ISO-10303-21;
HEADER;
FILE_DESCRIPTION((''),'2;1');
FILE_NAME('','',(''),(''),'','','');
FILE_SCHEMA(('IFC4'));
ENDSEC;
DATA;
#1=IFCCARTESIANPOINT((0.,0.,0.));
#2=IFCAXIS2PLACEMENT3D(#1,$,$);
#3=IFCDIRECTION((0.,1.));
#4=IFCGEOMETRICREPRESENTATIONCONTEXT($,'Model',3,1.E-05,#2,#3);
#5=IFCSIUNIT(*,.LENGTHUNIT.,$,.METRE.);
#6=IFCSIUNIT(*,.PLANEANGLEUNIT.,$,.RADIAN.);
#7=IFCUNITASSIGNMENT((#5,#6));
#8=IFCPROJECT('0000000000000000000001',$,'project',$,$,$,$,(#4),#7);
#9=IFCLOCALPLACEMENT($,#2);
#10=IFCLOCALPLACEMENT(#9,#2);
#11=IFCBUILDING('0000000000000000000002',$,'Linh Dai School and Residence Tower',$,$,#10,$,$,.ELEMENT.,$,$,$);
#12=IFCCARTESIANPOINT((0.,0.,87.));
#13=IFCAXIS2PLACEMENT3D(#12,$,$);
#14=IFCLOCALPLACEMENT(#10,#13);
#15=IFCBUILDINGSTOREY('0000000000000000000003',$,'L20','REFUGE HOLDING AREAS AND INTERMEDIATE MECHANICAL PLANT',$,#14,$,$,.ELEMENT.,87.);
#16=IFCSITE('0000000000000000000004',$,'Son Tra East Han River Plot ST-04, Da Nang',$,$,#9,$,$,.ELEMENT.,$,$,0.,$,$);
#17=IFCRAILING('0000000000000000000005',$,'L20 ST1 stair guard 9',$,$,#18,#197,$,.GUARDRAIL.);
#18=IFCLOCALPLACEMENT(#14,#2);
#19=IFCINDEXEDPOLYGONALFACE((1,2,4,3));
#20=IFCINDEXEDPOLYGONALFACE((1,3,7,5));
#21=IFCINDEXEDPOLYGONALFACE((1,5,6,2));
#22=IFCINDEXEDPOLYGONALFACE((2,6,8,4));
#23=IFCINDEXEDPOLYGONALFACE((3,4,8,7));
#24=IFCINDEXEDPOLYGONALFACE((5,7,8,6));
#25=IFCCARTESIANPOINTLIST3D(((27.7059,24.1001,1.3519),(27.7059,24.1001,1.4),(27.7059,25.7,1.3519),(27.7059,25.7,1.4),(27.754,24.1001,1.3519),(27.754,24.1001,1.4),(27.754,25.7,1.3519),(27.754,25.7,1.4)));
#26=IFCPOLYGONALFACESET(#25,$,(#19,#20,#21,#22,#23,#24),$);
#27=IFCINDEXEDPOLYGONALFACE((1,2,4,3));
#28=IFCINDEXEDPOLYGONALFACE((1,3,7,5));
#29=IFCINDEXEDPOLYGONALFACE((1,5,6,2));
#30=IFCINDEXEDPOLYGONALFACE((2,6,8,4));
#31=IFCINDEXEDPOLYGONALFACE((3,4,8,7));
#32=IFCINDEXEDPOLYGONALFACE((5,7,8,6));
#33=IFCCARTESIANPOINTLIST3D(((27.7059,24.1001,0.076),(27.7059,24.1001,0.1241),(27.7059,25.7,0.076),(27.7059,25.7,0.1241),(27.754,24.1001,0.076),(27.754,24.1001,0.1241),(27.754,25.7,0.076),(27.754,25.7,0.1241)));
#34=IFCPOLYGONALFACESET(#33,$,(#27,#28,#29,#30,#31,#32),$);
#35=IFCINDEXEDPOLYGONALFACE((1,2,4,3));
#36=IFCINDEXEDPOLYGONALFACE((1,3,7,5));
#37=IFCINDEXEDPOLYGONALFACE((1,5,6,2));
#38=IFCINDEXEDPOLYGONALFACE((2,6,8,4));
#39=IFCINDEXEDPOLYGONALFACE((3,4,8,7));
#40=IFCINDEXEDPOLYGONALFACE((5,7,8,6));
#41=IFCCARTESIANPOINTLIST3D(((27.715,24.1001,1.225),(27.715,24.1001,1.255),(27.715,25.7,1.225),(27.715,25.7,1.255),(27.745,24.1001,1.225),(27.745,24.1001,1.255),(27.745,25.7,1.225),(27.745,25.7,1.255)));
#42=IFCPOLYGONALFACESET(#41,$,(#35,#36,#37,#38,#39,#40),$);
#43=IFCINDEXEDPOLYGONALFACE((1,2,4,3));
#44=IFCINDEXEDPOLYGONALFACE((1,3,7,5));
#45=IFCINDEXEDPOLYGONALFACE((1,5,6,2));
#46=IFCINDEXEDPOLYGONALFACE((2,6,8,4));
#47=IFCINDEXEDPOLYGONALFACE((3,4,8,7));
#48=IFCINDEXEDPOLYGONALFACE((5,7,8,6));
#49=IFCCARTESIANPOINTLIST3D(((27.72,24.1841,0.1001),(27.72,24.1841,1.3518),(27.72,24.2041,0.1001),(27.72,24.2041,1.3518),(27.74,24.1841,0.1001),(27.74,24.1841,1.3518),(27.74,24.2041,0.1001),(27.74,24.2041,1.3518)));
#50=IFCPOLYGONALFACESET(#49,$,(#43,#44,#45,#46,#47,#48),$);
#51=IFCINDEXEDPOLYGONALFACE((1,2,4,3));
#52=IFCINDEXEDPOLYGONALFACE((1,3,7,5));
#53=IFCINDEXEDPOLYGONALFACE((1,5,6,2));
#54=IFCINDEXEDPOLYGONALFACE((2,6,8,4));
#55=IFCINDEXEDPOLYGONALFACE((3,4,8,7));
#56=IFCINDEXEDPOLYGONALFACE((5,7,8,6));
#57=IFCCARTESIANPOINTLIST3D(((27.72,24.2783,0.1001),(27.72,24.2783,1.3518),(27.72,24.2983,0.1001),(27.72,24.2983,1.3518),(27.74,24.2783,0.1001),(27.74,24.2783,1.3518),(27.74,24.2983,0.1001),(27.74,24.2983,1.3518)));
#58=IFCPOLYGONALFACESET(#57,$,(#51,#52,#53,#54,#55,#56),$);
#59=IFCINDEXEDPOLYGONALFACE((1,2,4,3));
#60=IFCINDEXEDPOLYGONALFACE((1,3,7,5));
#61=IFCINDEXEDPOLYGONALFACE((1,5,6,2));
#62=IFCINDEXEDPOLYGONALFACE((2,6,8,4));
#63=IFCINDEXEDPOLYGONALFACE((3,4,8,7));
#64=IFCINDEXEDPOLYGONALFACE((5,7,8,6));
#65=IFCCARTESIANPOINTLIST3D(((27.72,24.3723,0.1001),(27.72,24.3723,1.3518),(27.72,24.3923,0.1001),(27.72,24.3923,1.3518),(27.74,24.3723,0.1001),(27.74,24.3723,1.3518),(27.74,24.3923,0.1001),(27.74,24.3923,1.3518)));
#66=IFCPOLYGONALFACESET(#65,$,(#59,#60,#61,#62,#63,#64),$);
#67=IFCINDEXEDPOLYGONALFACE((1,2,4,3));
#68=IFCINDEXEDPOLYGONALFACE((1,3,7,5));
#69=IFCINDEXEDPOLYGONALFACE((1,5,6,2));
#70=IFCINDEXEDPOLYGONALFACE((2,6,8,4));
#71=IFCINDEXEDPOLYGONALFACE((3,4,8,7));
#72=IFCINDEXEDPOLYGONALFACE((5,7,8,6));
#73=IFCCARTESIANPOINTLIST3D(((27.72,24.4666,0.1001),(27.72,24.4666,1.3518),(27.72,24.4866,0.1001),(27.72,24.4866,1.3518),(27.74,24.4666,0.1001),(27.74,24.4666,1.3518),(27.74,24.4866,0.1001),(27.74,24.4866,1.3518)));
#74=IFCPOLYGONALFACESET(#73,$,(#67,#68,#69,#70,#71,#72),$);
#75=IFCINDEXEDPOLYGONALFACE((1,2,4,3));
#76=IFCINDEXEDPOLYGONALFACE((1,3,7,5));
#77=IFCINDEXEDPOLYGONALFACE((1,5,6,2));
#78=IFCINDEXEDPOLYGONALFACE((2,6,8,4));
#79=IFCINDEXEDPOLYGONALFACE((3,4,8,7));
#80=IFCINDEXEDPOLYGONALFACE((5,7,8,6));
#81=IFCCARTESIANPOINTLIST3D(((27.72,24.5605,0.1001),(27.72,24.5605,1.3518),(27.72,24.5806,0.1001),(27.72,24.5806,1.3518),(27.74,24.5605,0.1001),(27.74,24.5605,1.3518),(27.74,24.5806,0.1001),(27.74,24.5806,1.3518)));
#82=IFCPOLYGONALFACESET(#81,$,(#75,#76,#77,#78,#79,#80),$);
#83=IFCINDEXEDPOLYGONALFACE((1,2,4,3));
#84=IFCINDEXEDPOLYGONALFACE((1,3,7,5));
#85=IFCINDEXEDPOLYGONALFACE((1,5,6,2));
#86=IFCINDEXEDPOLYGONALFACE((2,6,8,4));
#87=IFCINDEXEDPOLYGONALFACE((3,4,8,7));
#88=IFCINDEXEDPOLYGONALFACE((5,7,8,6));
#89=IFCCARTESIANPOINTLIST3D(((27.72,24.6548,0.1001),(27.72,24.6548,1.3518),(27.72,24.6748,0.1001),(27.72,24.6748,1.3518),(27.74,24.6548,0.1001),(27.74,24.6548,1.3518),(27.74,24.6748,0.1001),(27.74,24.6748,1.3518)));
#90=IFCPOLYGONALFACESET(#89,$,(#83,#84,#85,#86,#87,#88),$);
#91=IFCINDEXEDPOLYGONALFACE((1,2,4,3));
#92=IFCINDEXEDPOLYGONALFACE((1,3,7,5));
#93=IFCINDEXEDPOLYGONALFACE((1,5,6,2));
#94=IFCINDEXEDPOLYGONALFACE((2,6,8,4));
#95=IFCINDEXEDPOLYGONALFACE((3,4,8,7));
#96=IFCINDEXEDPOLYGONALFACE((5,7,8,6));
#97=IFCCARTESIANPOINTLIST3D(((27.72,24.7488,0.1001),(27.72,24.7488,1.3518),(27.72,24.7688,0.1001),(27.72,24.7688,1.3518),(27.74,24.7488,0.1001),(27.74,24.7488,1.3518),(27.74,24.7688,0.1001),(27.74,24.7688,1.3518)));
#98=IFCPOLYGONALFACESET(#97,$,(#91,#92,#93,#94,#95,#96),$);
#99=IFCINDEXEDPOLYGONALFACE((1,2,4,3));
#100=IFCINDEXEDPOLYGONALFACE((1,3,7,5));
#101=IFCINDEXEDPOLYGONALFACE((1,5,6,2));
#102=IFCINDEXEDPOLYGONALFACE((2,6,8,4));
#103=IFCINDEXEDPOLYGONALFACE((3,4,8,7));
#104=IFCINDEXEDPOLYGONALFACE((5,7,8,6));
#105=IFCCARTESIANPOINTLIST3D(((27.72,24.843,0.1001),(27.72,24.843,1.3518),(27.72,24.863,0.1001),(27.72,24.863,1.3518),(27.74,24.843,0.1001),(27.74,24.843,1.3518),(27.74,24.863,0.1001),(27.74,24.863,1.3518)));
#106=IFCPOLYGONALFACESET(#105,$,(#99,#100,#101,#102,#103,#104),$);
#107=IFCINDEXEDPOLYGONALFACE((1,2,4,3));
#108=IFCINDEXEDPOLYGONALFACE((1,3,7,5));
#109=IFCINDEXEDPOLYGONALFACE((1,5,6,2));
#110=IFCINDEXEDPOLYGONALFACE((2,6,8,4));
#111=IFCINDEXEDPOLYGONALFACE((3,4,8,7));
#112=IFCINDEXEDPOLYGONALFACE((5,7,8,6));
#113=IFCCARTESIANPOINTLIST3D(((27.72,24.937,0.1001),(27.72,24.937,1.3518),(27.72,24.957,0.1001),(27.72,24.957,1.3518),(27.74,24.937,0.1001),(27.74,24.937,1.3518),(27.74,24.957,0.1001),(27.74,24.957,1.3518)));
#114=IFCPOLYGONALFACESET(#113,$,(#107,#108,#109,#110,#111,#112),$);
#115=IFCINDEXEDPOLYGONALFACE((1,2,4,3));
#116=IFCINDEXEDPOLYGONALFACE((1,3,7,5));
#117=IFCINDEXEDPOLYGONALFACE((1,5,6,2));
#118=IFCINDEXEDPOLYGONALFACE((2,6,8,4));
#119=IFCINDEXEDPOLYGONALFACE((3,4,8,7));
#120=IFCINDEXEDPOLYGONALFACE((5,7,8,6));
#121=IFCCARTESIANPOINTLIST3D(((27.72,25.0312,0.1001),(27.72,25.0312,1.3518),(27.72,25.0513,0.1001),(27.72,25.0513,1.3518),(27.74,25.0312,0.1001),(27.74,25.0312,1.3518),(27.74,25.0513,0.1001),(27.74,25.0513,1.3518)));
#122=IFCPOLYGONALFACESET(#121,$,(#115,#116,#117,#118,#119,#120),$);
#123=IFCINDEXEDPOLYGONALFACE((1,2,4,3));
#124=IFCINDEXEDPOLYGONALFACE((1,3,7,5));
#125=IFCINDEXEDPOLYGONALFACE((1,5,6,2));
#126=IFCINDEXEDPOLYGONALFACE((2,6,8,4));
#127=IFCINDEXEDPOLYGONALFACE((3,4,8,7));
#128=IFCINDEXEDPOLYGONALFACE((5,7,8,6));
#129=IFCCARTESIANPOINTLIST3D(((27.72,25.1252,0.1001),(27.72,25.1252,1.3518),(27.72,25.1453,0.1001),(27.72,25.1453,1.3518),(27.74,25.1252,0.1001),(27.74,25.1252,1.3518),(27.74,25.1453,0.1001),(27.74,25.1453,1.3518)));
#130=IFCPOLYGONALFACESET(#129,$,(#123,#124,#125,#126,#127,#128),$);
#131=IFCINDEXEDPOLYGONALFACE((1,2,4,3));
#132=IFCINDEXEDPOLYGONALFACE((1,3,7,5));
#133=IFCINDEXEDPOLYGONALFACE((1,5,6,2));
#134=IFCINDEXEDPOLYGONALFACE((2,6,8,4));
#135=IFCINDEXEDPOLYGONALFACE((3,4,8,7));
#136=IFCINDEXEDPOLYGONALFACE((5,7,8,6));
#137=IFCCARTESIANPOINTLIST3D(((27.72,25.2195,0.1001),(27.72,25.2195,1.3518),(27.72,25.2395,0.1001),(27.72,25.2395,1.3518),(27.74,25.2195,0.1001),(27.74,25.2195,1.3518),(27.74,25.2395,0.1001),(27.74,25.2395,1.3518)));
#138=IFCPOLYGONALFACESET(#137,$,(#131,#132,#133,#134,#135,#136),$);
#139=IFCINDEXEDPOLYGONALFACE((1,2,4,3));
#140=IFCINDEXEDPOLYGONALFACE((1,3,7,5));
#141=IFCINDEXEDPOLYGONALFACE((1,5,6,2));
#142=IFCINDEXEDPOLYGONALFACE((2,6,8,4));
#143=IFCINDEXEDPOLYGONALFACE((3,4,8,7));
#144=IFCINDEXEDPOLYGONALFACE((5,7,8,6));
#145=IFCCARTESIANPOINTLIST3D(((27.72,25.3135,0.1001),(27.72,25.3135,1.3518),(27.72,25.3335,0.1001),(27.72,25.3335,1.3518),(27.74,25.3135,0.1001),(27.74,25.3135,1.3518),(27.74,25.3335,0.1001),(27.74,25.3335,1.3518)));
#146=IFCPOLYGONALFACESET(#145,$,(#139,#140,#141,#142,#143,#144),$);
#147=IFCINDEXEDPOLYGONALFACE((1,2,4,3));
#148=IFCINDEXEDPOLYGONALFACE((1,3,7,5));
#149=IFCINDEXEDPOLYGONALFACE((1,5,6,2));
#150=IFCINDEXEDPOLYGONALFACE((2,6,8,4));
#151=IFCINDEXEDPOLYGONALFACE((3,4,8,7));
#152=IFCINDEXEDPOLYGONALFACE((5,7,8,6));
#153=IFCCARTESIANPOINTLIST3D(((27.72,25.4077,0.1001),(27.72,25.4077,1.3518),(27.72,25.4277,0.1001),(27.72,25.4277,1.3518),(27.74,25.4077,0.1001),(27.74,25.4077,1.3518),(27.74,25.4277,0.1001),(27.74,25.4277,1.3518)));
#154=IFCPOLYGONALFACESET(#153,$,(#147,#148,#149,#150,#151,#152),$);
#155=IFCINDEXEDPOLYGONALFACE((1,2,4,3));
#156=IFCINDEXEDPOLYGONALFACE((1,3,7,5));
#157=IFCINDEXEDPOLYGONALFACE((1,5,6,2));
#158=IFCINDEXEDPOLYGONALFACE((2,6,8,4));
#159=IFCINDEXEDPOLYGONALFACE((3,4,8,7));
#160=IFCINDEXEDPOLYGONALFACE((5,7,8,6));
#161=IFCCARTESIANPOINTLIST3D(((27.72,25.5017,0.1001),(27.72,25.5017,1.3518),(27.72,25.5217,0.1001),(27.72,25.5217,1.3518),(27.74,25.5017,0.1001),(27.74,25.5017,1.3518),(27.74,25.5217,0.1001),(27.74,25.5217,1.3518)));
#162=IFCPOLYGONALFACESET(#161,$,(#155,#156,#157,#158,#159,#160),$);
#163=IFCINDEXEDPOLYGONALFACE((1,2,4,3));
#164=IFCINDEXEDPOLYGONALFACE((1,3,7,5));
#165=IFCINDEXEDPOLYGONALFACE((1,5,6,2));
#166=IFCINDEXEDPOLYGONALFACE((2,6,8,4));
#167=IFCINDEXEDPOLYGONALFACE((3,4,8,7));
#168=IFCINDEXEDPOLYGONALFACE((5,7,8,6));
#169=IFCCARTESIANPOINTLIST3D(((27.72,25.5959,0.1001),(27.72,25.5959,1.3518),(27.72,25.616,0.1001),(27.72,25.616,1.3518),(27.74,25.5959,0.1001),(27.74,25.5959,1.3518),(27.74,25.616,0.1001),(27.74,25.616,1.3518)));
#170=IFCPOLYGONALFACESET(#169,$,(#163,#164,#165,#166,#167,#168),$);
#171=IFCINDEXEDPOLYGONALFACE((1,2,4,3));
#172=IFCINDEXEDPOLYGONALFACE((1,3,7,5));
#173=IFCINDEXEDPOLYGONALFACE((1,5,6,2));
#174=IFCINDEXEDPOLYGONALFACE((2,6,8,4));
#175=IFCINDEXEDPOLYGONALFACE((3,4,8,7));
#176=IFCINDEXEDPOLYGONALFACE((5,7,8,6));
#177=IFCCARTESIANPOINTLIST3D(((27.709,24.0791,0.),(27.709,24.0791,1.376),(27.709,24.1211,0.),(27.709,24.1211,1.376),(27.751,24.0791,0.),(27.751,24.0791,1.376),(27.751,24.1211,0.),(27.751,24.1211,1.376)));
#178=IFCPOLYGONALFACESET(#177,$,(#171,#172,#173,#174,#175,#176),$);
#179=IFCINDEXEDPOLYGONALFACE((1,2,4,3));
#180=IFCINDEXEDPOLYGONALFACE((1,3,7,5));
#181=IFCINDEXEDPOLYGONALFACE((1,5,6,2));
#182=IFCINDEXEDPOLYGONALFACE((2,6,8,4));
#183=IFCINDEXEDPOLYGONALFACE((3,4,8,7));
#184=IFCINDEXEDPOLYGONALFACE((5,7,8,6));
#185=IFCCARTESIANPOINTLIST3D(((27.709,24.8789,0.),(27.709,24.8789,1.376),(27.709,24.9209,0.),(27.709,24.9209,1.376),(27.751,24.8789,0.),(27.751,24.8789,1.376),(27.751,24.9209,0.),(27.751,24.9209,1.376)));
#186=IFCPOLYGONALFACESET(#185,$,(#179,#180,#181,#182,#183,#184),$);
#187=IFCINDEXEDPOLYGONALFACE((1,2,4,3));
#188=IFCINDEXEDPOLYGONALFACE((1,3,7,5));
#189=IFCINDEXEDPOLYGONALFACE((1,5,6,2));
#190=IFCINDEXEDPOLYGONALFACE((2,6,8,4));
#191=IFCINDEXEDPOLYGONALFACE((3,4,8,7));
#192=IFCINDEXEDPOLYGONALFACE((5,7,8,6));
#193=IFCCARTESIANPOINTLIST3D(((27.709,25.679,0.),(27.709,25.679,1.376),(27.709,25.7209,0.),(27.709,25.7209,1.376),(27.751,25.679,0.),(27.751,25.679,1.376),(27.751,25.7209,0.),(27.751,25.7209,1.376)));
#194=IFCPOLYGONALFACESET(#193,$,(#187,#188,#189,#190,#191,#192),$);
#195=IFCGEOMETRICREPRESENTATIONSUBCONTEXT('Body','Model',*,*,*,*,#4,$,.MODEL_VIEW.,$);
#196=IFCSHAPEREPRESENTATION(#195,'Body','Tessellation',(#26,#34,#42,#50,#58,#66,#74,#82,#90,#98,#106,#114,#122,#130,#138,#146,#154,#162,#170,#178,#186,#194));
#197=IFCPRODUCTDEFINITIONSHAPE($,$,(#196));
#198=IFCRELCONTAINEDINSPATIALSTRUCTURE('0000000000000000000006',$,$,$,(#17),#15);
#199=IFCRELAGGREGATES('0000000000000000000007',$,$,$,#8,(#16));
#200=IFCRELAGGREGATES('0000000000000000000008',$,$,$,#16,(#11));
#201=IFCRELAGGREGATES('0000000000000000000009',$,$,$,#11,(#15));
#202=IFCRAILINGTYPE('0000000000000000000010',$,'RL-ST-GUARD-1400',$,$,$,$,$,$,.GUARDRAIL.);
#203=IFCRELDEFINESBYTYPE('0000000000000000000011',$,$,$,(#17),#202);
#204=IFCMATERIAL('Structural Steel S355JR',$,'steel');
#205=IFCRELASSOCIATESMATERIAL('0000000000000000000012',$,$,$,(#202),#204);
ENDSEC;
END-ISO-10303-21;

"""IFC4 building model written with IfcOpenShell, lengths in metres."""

from ifc_helpers import new_model, si_unit, direction, frame, origin, origin_2d, place, context, subcontext, project, spatial, rectangle, extrude, source, transform, mapped, material, type_object, element, save


model = new_model("IFC4")

# Units and contexts
model_context = context("Model", 3, precision=1e-05, world=origin(), true_north=direction((0.0, 1.0)))
body_context = subcontext(model_context, "Body", "Model", "MODEL_VIEW")
ifc_project = project(units=[si_unit("LENGTHUNIT", "METRE"), si_unit("PLANEANGLEUNIT", "RADIAN")], contexts=[model_context])

# Site, building, storey
site_placement = place(None, origin())
site = spatial("IfcSite", under=ifc_project, at=site_placement, Name="Son Tra East Han River Plot ST-04, Da Nang", CompositionType="ELEMENT", RefElevation=0.0)
building_placement = place(site_placement, origin())
building = spatial("IfcBuilding", under=site, at=building_placement, Name="Linh Dai School and Residence Tower", CompositionType="ELEMENT")
storey_placement = place(building_placement, frame((0.0, 0.0, 87.0)))
storey = spatial("IfcBuildingStorey", under=building, at=storey_placement, Name="L20", Description="REFUGE HOLDING AREAS AND INTERMEDIATE MECHANICAL PLANT", CompositionType="ELEMENT", Elevation=87.0)

# Shared definitions
ifc_material_1 = material(Name="Structural Steel S355JR", Category="steel")

# Railing
railing_type_1 = type_object("IfcRailingType", Name="RL-ST-GUARD-1400", PredefinedType="GUARDRAIL", material=ifc_material_1)
shared_shape_1 = source(origin(), body_context, "Body", "SweptSolid", [
    extrude(rectangle(XDim=0.0481, YDim=0.0481, at=origin_2d()), frame((0.0, 0.0, 1.376), z_axis=(0.0, 1.0, 0.0), x_axis=(-1.0, 0.0, 0.0)), (0.0, 0.0, 1.0), 1.5999),
    extrude(rectangle(XDim=0.0481, YDim=0.0481, at=origin_2d()), frame((0.0, 0.0, 0.1001), z_axis=(0.0, 1.0, 0.0), x_axis=(-1.0, 0.0, 0.0)), (0.0, 0.0, 1.0), 1.5999),
    extrude(rectangle(XDim=0.03, YDim=0.03, at=origin_2d()), frame((0.0, 0.0, 1.24), z_axis=(0.0, 1.0, 0.0), x_axis=(-1.0, 0.0, 0.0)), (0.0, 0.0, 1.0), 1.5999),
    extrude(rectangle(XDim=0.02, YDim=0.02, at=origin_2d()), frame((0.0, 0.094, 0.1001)), (0.0, 0.0, 1.0), 1.2517),
    extrude(rectangle(XDim=0.02, YDim=0.02, at=origin_2d()), frame((0.0, 0.1882, 0.1001)), (0.0, 0.0, 1.0), 1.2517),
    extrude(rectangle(XDim=0.02, YDim=0.02, at=origin_2d()), frame((0.0, 0.2822, 0.1001)), (0.0, 0.0, 1.0), 1.2517),
    extrude(rectangle(XDim=0.02, YDim=0.02, at=origin_2d()), frame((0.0, 0.3765, 0.1001)), (0.0, 0.0, 1.0), 1.2517),
    extrude(rectangle(XDim=0.02, YDim=0.02, at=origin_2d()), frame((0.0, 0.4705, 0.1001)), (0.0, 0.0, 1.0), 1.2517),
    extrude(rectangle(XDim=0.02, YDim=0.02, at=origin_2d()), frame((0.0, 0.5647, 0.1001)), (0.0, 0.0, 1.0), 1.2517),
    extrude(rectangle(XDim=0.02, YDim=0.02, at=origin_2d()), frame((0.0, 0.6587, 0.1001)), (0.0, 0.0, 1.0), 1.2517),
    extrude(rectangle(XDim=0.02, YDim=0.02, at=origin_2d()), frame((0.0, 0.7529, 0.1001)), (0.0, 0.0, 1.0), 1.2517),
    extrude(rectangle(XDim=0.02, YDim=0.02, at=origin_2d()), frame((0.0, 0.8469, 0.1001)), (0.0, 0.0, 1.0), 1.2517),
    extrude(rectangle(XDim=0.02, YDim=0.02, at=origin_2d()), frame((0.0, 0.9412, 0.1001)), (0.0, 0.0, 1.0), 1.2517),
    extrude(rectangle(XDim=0.02, YDim=0.02, at=origin_2d()), frame((0.0, 1.0352, 0.1001)), (0.0, 0.0, 1.0), 1.2517),
    extrude(rectangle(XDim=0.02, YDim=0.02, at=origin_2d()), frame((0.0, 1.1294, 0.1001)), (0.0, 0.0, 1.0), 1.2517),
    extrude(rectangle(XDim=0.02, YDim=0.02, at=origin_2d()), frame((0.0, 1.2234, 0.1001)), (0.0, 0.0, 1.0), 1.2517),
    extrude(rectangle(XDim=0.02, YDim=0.02, at=origin_2d()), frame((0.0, 1.3176, 0.1001)), (0.0, 0.0, 1.0), 1.2517),
    extrude(rectangle(XDim=0.02, YDim=0.02, at=origin_2d()), frame((0.0, 1.4116, 0.1001)), (0.0, 0.0, 1.0), 1.2517),
    extrude(rectangle(XDim=0.02, YDim=0.02, at=origin_2d()), frame((0.0, 1.5059, 0.1001)), (0.0, 0.0, 1.0), 1.2517),
    extrude(rectangle(XDim=0.042, YDim=0.042, at=origin_2d()), origin(), (0.0, 0.0, 1.0), 1.376),
    extrude(rectangle(XDim=0.042, YDim=0.042, at=origin_2d()), frame((0.0, 0.7998, 0.0)), (0.0, 0.0, 1.0), 1.376),
    extrude(rectangle(XDim=0.042, YDim=0.042, at=origin_2d()), frame((0.0, 1.5999, 0.0)), (0.0, 0.0, 1.0), 1.376),
])
for number, where, name in (
    (1, (27.73, 24.1001, 0.0), "L20 ST1 stair guard 9"),
):
    element("IfcRailing", number, at=place(storey_placement, frame(where)), inside=storey, type_object=railing_type_1, Name=name, PredefinedType="GUARDRAIL", context=body_context, shape_type="MappedRepresentation", body=[
        mapped(shared_shape_1, transform((0.0, 0.0, 0.0), x_axis=(1.0, 0.0, 0.0), y_axis=(0.0, 1.0, 0.0), z_axis=(0.0, 0.0, 1.0), scale=1.0)),
    ])

save(model, "model.ifc")
